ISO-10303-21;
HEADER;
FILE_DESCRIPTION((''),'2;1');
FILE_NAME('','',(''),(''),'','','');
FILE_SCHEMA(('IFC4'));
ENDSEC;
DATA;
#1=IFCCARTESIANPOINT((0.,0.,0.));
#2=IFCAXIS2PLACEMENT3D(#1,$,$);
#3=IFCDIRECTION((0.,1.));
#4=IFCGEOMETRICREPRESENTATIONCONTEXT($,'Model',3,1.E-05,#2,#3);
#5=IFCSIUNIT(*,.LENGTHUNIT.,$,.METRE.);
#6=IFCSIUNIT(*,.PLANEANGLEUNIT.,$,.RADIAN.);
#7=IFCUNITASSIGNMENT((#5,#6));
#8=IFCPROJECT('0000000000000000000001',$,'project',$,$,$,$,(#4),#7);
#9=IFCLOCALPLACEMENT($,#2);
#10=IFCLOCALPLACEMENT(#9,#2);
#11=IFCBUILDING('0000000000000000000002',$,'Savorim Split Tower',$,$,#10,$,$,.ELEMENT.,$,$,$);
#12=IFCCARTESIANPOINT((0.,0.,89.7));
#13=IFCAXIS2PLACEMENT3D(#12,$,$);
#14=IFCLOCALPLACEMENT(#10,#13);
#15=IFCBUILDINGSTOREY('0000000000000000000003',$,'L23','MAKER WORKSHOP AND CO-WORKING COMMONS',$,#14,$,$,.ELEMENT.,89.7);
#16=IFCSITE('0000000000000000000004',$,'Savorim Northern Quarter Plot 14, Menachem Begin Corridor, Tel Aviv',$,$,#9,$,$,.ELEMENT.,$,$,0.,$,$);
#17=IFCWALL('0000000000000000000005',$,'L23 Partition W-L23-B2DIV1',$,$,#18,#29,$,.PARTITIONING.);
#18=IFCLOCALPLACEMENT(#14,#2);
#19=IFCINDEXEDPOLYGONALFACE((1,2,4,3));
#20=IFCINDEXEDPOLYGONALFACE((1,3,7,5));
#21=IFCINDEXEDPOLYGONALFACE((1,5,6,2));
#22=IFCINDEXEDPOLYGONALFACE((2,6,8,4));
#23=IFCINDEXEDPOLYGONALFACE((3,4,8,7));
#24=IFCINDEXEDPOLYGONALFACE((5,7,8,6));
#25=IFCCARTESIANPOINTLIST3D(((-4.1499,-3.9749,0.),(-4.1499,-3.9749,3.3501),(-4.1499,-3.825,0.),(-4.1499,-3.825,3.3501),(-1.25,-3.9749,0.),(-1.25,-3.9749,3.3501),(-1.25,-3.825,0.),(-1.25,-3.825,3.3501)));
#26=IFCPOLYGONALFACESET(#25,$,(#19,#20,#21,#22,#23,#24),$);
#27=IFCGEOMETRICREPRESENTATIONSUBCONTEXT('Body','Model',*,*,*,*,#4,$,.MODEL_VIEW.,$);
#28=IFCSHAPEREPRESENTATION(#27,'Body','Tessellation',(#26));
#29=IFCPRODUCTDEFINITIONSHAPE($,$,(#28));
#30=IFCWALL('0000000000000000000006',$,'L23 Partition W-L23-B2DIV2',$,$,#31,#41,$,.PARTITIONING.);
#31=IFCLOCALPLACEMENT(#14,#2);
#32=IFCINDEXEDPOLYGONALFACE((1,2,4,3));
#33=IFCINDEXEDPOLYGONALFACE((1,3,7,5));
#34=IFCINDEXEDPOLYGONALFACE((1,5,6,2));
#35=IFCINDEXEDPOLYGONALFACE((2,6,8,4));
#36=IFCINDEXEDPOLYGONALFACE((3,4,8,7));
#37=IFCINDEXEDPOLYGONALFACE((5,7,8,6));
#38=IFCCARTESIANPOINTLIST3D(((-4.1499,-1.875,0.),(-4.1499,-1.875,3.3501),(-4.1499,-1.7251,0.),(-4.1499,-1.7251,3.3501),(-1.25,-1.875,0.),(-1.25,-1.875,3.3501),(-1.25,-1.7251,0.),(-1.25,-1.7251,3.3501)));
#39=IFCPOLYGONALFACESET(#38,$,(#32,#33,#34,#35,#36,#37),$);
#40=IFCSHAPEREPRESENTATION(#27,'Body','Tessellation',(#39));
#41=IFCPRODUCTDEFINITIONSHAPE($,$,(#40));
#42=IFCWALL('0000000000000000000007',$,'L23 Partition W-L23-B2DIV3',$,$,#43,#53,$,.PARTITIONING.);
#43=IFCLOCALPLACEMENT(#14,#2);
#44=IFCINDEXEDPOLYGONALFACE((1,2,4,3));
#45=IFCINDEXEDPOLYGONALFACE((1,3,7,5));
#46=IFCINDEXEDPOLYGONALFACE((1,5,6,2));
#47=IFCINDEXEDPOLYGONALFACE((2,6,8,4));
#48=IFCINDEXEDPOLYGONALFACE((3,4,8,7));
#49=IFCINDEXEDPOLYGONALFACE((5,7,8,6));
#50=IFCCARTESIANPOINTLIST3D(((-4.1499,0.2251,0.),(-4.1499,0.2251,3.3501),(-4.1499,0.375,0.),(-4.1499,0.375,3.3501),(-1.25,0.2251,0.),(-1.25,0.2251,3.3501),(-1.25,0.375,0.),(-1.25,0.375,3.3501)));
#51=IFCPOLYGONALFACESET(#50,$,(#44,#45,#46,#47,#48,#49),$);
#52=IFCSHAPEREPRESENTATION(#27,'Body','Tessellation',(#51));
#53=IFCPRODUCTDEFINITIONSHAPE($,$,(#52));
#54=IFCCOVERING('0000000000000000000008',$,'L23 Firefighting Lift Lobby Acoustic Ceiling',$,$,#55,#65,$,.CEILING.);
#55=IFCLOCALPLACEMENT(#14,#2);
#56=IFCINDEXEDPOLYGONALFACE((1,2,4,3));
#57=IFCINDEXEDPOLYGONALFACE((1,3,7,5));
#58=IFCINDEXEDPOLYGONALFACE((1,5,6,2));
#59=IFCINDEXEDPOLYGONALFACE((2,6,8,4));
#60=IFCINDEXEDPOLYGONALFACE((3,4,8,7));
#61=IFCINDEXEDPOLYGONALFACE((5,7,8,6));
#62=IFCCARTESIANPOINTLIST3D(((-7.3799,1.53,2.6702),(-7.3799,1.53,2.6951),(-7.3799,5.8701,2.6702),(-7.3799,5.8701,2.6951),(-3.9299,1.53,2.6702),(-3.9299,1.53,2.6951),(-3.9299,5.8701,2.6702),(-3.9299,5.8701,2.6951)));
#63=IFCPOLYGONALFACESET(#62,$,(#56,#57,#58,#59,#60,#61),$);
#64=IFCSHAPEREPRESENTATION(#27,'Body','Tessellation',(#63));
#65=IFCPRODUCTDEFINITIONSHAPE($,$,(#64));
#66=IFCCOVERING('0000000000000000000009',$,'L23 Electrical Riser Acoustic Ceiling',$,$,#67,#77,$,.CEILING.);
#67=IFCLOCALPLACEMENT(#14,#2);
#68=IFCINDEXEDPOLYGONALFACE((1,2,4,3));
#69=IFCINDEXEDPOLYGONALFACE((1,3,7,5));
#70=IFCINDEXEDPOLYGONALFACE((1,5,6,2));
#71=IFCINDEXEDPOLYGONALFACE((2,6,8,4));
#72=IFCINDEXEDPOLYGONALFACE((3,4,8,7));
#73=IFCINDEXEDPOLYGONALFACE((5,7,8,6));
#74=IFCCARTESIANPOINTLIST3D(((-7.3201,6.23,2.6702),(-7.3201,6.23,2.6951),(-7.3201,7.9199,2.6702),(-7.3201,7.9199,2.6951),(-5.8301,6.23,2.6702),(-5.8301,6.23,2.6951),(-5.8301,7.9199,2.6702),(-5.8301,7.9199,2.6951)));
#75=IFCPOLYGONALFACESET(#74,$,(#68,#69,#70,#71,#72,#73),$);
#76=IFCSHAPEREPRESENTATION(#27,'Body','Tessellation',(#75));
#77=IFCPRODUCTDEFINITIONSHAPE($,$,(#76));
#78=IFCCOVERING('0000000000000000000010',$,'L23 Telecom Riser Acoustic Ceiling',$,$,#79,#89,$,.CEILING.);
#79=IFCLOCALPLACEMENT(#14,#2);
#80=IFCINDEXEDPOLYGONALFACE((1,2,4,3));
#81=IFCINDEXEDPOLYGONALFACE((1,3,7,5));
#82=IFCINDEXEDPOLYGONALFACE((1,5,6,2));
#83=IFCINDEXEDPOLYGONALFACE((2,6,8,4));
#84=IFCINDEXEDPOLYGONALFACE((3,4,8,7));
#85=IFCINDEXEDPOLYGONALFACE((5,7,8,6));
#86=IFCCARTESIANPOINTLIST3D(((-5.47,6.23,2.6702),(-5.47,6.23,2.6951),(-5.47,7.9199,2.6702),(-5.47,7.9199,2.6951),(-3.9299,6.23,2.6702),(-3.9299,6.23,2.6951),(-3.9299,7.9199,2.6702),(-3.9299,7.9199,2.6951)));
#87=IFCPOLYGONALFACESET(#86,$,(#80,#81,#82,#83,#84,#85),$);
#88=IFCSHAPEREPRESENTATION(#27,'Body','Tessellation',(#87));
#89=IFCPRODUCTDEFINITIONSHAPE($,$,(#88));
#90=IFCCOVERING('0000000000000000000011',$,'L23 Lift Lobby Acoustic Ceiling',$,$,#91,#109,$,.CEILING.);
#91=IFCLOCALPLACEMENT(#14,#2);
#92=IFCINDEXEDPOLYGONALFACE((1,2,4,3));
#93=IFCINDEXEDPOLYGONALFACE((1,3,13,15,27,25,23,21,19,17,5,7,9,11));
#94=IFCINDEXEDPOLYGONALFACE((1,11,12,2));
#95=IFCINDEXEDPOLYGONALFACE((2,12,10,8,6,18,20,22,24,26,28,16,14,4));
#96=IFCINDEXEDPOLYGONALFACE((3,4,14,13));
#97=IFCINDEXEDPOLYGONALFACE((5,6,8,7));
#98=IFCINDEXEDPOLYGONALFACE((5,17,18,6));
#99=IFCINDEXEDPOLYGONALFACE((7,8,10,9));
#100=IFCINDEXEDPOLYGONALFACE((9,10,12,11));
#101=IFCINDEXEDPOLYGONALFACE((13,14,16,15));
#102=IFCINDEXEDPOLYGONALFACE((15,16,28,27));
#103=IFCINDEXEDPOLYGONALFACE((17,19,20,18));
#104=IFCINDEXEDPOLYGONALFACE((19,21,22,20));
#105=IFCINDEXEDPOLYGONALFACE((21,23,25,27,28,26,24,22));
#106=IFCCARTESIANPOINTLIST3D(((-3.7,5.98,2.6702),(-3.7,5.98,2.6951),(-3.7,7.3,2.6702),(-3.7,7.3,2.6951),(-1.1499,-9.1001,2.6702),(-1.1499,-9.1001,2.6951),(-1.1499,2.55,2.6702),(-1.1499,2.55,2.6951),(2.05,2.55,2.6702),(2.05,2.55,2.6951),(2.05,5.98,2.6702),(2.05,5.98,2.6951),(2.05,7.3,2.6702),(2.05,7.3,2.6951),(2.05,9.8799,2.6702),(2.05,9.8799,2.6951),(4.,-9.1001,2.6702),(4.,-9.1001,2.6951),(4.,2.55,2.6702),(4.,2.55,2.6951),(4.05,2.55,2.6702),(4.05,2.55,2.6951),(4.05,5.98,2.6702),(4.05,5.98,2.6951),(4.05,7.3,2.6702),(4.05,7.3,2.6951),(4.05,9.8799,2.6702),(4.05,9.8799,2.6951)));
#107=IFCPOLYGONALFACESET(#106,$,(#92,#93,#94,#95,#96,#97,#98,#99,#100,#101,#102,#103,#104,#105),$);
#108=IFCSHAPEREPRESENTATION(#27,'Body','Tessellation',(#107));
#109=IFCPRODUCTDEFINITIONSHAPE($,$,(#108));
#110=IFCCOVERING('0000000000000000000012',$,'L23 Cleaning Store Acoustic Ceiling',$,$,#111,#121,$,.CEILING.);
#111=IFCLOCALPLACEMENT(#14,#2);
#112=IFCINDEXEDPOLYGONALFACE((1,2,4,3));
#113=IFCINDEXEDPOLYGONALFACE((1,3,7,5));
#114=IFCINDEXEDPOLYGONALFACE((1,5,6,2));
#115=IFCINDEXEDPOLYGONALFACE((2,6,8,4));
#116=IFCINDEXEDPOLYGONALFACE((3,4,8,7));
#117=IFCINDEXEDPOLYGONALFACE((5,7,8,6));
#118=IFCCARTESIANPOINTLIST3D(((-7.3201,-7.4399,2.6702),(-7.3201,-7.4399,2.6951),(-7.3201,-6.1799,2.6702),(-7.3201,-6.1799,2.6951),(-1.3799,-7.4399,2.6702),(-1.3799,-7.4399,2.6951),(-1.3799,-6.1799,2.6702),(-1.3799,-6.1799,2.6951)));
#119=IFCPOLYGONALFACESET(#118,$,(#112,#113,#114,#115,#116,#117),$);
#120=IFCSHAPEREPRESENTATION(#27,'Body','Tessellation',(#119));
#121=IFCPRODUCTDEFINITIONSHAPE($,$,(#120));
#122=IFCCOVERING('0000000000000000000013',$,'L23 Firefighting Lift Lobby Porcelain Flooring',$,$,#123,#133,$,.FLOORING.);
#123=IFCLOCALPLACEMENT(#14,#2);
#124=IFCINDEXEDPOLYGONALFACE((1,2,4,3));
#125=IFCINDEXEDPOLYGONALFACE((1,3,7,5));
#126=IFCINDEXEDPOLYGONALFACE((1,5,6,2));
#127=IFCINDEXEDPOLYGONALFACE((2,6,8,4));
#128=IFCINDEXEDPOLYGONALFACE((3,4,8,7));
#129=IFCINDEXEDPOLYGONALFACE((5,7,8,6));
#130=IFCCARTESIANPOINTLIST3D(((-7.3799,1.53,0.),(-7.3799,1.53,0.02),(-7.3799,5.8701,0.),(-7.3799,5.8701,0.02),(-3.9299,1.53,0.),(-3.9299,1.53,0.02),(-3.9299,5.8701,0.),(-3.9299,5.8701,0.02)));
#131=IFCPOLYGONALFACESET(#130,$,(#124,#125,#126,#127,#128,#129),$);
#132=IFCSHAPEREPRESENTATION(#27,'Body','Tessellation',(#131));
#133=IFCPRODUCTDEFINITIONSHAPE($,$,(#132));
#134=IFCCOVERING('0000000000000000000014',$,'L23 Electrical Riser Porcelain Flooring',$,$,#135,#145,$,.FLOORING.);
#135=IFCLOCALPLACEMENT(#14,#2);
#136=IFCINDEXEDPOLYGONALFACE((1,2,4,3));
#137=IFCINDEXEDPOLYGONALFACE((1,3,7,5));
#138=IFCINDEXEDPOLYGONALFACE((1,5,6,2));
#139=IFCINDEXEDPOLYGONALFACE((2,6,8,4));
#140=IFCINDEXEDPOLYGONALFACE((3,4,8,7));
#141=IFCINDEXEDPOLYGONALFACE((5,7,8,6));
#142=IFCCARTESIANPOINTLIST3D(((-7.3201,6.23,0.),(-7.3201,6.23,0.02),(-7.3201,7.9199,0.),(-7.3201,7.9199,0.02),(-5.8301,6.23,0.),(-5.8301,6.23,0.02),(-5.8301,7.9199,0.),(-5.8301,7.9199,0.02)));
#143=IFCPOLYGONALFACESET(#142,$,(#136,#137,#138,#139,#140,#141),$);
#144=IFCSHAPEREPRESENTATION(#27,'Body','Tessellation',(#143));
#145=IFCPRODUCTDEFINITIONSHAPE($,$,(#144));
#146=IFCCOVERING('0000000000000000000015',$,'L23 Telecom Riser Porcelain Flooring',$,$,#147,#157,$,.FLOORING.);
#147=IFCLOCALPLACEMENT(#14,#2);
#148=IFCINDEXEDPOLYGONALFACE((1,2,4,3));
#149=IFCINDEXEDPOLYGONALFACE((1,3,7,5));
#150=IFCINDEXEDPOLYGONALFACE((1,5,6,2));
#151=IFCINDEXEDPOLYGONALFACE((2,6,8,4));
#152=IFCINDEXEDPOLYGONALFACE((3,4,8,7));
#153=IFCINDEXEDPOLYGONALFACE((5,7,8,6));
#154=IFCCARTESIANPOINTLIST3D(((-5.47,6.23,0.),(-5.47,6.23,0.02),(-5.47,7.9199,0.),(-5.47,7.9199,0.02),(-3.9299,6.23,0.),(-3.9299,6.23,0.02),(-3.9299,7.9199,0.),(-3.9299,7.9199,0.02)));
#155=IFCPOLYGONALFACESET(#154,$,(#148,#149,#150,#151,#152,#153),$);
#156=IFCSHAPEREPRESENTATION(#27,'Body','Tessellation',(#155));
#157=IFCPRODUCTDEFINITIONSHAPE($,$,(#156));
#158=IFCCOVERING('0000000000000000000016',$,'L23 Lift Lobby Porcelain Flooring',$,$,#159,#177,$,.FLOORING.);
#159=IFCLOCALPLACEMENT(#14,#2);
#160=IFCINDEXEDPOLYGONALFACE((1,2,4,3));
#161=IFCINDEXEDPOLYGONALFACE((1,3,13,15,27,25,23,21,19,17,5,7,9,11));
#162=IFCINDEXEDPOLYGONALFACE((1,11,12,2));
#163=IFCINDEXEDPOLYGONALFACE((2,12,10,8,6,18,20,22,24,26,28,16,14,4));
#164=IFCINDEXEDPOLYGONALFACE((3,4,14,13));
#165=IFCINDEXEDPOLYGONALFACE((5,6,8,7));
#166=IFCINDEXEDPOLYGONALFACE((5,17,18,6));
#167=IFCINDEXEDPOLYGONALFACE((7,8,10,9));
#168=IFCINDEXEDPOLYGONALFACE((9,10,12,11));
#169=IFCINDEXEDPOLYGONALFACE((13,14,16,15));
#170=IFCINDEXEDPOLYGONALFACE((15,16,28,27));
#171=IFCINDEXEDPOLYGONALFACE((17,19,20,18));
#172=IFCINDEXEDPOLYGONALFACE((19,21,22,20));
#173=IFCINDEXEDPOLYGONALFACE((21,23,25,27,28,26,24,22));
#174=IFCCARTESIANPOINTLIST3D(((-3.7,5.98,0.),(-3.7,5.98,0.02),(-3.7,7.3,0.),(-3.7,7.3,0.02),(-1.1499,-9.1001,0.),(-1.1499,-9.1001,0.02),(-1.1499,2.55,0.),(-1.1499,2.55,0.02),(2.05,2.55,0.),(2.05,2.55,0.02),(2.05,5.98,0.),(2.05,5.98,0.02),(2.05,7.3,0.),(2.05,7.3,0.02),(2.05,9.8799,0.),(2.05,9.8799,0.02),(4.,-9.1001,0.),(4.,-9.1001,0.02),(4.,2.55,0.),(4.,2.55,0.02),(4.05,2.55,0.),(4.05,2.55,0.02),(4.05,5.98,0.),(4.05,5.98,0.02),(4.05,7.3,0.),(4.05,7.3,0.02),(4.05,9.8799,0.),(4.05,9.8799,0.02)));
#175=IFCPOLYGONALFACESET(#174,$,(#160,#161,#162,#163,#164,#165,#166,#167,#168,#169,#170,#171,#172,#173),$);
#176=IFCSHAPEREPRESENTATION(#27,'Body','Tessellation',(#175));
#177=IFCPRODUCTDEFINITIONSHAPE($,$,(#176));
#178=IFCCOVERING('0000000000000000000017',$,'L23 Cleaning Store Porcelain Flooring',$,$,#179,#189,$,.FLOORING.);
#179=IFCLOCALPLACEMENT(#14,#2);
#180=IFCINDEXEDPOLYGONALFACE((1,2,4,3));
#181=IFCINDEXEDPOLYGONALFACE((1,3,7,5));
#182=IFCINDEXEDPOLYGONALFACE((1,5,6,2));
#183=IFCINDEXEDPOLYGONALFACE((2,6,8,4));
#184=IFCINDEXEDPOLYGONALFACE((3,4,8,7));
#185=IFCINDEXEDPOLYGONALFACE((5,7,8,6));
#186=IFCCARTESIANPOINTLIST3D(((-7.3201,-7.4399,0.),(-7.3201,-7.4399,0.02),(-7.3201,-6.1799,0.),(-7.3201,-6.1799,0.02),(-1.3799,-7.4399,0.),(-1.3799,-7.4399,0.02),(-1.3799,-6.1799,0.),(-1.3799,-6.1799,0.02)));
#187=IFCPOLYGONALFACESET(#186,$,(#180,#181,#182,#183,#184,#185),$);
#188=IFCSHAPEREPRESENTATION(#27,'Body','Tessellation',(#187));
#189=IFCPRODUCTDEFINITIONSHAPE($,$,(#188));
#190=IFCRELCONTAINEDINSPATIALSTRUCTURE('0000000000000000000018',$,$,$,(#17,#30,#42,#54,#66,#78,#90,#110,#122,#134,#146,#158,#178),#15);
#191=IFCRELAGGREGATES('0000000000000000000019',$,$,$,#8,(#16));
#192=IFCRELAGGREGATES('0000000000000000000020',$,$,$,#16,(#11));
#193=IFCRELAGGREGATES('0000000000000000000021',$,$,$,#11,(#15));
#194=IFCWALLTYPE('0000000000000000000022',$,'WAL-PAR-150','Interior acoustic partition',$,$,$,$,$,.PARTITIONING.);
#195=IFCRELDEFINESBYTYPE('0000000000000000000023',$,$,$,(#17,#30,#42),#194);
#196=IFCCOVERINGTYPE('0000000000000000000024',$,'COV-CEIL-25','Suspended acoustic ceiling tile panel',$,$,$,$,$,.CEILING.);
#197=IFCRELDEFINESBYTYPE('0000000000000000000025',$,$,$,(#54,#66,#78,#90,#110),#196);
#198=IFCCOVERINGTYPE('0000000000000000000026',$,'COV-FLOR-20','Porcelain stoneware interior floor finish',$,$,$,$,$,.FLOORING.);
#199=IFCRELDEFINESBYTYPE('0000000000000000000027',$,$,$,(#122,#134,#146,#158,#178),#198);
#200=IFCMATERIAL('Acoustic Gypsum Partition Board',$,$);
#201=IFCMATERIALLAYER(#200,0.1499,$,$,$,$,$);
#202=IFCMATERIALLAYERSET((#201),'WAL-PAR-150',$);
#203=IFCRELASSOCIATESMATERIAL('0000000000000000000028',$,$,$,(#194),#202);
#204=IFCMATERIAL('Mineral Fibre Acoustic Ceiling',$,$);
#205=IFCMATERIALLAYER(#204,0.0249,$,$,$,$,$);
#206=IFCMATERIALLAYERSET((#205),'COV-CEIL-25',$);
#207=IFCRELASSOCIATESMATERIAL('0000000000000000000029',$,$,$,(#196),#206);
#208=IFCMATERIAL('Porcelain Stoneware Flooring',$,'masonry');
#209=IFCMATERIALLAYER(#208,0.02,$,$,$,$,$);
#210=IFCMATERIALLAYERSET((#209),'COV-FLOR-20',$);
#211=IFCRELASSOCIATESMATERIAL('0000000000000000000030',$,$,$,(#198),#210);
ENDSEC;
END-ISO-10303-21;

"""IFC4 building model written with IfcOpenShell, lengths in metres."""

from ifc_helpers import new_model, si_unit, direction, frame, frame_2d, origin, place, context, subcontext, project, spatial, polyline, rectangle, outline, extrude, material, layer, layer_set, type_object, element, save


model = new_model("IFC4")

# Units and contexts
model_context = context("Model", 3, precision=1e-05, world=origin(), true_north=direction((0.0, 1.0)))
body_context = subcontext(model_context, "Body", "Model", "MODEL_VIEW")
ifc_project = project(units=[si_unit("LENGTHUNIT", "METRE"), si_unit("PLANEANGLEUNIT", "RADIAN")], contexts=[model_context])

# Site, building, storey
site_placement = place(None, origin())
site = spatial("IfcSite", under=ifc_project, at=site_placement, Name="Savorim Northern Quarter Plot 14, Menachem Begin Corridor, Tel Aviv", CompositionType="ELEMENT", RefElevation=0.0)
building_placement = place(site_placement, origin())
building = spatial("IfcBuilding", under=site, at=building_placement, Name="Savorim Split Tower", CompositionType="ELEMENT")
storey_placement = place(building_placement, frame((0.0, 0.0, 89.7)))
storey = spatial("IfcBuildingStorey", under=building, at=storey_placement, Name="L23", Description="MAKER WORKSHOP AND CO-WORKING COMMONS", CompositionType="ELEMENT", Elevation=89.7)

# Walls
ifc_material_1 = material(Name="Acoustic Gypsum Partition Board")
ifc_layer_1 = layer(ifc_material_1, 0.1499)
ifc_layer_set_1 = layer_set([ifc_layer_1], Name="WAL-PAR-150")
wall_type_1 = type_object("IfcWallType", Name="WAL-PAR-150", Description="Interior acoustic partition", PredefinedType="PARTITIONING", material=ifc_layer_set_1)
for number, where, z_axis, x_axis, name in (
    (1, (-4.1499, -3.8999, 0.0), (0.0, 0.0, 1.0), (1.0, 0.0, 0.0), "L23 Partition W-L23-B2DIV1"),
    (2, (-4.1499, -1.8, 0.0), (0.0, 0.0, 1.0), (1.0, 0.0, 0.0), "L23 Partition W-L23-B2DIV2"),
    (3, (-4.1499, 0.3, 0.0), (0.0, 0.0, 1.0), (1.0, 0.0, 0.0), "L23 Partition W-L23-B2DIV3"),
):
    element("IfcWall", number, at=place(storey_placement, frame(where, z_axis=z_axis, x_axis=x_axis)), inside=storey, type_object=wall_type_1, Name=name, PredefinedType="PARTITIONING", context=body_context, shape_type="SweptSolid", body=[
        extrude(rectangle(XDim=2.8999, YDim=0.1499, at=frame_2d((1.45, 0.0))), origin(), (0.0, 0.0, 1.0), 3.3501),
    ])

# Coverings
ifc_material_2 = material(Name="Mineral Fibre Acoustic Ceiling")
ifc_layer_2 = layer(ifc_material_2, 0.0249)
ifc_layer_set_2 = layer_set([ifc_layer_2], Name="COV-CEIL-25")
covering_type_1 = type_object("IfcCoveringType", Name="COV-CEIL-25", Description="Suspended acoustic ceiling tile panel", PredefinedType="CEILING", material=ifc_layer_set_2)
covering_1_placement = place(storey_placement, frame((0.0, 0.0, 2.6702)))
element("IfcCovering", 4, at=covering_1_placement, inside=storey, type_object=covering_type_1, Name="L23 Firefighting Lift Lobby Acoustic Ceiling", PredefinedType="CEILING", context=body_context, shape_type="SweptSolid", body=[
    extrude(outline(polyline([(-7.3799, 5.8701), (-7.3799, 1.53), (-3.9299, 1.53), (-3.9299, 5.8701), (-7.3799, 5.8701)])), origin(), (0.0, 0.0, 1.0), 0.0249),
])
covering_2_placement = place(storey_placement, frame((0.0, 0.0, 2.6702)))
element("IfcCovering", 5, at=covering_2_placement, inside=storey, type_object=covering_type_1, Name="L23 Electrical Riser Acoustic Ceiling", PredefinedType="CEILING", context=body_context, shape_type="SweptSolid", body=[
    extrude(outline(polyline([(-7.3201, 7.9199), (-7.3201, 6.23), (-5.8301, 6.23), (-5.8301, 7.9199), (-7.3201, 7.9199)])), origin(), (0.0, 0.0, 1.0), 0.0249),
])
covering_3_placement = place(storey_placement, frame((0.0, 0.0, 2.6702)))
element("IfcCovering", 6, at=covering_3_placement, inside=storey, type_object=covering_type_1, Name="L23 Telecom Riser Acoustic Ceiling", PredefinedType="CEILING", context=body_context, shape_type="SweptSolid", body=[
    extrude(outline(polyline([(-5.47, 7.9199), (-5.47, 6.23), (-3.9299, 6.23), (-3.9299, 7.9199), (-5.47, 7.9199)])), origin(), (0.0, 0.0, 1.0), 0.0249),
])
covering_4_placement = place(storey_placement, frame((0.0, 0.0, 2.6702)))
element("IfcCovering", 7, at=covering_4_placement, inside=storey, type_object=covering_type_1, Name="L23 Lift Lobby Acoustic Ceiling", PredefinedType="CEILING", context=body_context, shape_type="SweptSolid", body=[
    extrude(outline(polyline([(2.05, 2.55), (-1.1499, 2.55), (-1.1499, -9.1001), (4.0, -9.1001), (4.0, 2.55), (4.05, 2.55), (4.05, 5.98), (4.05, 7.3), (4.05, 9.8799), (2.05, 9.8799), (2.05, 7.3), (-3.7, 7.3), (-3.7, 5.98), (2.05, 5.98), (2.05, 2.55)])), origin(), (0.0, 0.0, 1.0), 0.0249),
])
covering_5_placement = place(storey_placement, frame((0.0, 0.0, 2.6702)))
element("IfcCovering", 8, at=covering_5_placement, inside=storey, type_object=covering_type_1, Name="L23 Cleaning Store Acoustic Ceiling", PredefinedType="CEILING", context=body_context, shape_type="SweptSolid", body=[
    extrude(outline(polyline([(-7.3201, -6.1799), (-7.3201, -7.4399), (-1.3799, -7.4399), (-1.3799, -6.1799), (-7.3201, -6.1799)])), origin(), (0.0, 0.0, 1.0), 0.0249),
])
ifc_material_3 = material(Name="Porcelain Stoneware Flooring", Category="masonry")
ifc_layer_3 = layer(ifc_material_3, 0.02)
ifc_layer_set_3 = layer_set([ifc_layer_3], Name="COV-FLOR-20")
covering_type_2 = type_object("IfcCoveringType", Name="COV-FLOR-20", Description="Porcelain stoneware interior floor finish", PredefinedType="FLOORING", material=ifc_layer_set_3)
covering_6_placement = place(storey_placement, origin())
element("IfcCovering", 9, at=covering_6_placement, inside=storey, type_object=covering_type_2, Name="L23 Firefighting Lift Lobby Porcelain Flooring", PredefinedType="FLOORING", context=body_context, shape_type="SweptSolid", body=[
    extrude(outline(polyline([(-7.3799, 5.8701), (-7.3799, 1.53), (-3.9299, 1.53), (-3.9299, 5.8701), (-7.3799, 5.8701)])), origin(), (0.0, 0.0, 1.0), 0.02),
])
covering_7_placement = place(storey_placement, origin())
element("IfcCovering", 10, at=covering_7_placement, inside=storey, type_object=covering_type_2, Name="L23 Electrical Riser Porcelain Flooring", PredefinedType="FLOORING", context=body_context, shape_type="SweptSolid", body=[
    extrude(outline(polyline([(-7.3201, 7.9199), (-7.3201, 6.23), (-5.8301, 6.23), (-5.8301, 7.9199), (-7.3201, 7.9199)])), origin(), (0.0, 0.0, 1.0), 0.02),
])
covering_8_placement = place(storey_placement, origin())
element("IfcCovering", 11, at=covering_8_placement, inside=storey, type_object=covering_type_2, Name="L23 Telecom Riser Porcelain Flooring", PredefinedType="FLOORING", context=body_context, shape_type="SweptSolid", body=[
    extrude(outline(polyline([(-5.47, 7.9199), (-5.47, 6.23), (-3.9299, 6.23), (-3.9299, 7.9199), (-5.47, 7.9199)])), origin(), (0.0, 0.0, 1.0), 0.02),
])
covering_9_placement = place(storey_placement, origin())
element("IfcCovering", 12, at=covering_9_placement, inside=storey, type_object=covering_type_2, Name="L23 Lift Lobby Porcelain Flooring", PredefinedType="FLOORING", context=body_context, shape_type="SweptSolid", body=[
    extrude(outline(polyline([(2.05, 2.55), (-1.1499, 2.55), (-1.1499, -9.1001), (4.0, -9.1001), (4.0, 2.55), (4.05, 2.55), (4.05, 5.98), (4.05, 7.3), (4.05, 9.8799), (2.05, 9.8799), (2.05, 7.3), (-3.7, 7.3), (-3.7, 5.98), (2.05, 5.98), (2.05, 2.55)])), origin(), (0.0, 0.0, 1.0), 0.02),
])
covering_10_placement = place(storey_placement, origin())
element("IfcCovering", 13, at=covering_10_placement, inside=storey, type_object=covering_type_2, Name="L23 Cleaning Store Porcelain Flooring", PredefinedType="FLOORING", context=body_context, shape_type="SweptSolid", body=[
    extrude(outline(polyline([(-7.3201, -6.1799), (-7.3201, -7.4399), (-1.3799, -7.4399), (-1.3799, -6.1799), (-7.3201, -6.1799)])), origin(), (0.0, 0.0, 1.0), 0.02),
])

save(model, "model.ifc")
